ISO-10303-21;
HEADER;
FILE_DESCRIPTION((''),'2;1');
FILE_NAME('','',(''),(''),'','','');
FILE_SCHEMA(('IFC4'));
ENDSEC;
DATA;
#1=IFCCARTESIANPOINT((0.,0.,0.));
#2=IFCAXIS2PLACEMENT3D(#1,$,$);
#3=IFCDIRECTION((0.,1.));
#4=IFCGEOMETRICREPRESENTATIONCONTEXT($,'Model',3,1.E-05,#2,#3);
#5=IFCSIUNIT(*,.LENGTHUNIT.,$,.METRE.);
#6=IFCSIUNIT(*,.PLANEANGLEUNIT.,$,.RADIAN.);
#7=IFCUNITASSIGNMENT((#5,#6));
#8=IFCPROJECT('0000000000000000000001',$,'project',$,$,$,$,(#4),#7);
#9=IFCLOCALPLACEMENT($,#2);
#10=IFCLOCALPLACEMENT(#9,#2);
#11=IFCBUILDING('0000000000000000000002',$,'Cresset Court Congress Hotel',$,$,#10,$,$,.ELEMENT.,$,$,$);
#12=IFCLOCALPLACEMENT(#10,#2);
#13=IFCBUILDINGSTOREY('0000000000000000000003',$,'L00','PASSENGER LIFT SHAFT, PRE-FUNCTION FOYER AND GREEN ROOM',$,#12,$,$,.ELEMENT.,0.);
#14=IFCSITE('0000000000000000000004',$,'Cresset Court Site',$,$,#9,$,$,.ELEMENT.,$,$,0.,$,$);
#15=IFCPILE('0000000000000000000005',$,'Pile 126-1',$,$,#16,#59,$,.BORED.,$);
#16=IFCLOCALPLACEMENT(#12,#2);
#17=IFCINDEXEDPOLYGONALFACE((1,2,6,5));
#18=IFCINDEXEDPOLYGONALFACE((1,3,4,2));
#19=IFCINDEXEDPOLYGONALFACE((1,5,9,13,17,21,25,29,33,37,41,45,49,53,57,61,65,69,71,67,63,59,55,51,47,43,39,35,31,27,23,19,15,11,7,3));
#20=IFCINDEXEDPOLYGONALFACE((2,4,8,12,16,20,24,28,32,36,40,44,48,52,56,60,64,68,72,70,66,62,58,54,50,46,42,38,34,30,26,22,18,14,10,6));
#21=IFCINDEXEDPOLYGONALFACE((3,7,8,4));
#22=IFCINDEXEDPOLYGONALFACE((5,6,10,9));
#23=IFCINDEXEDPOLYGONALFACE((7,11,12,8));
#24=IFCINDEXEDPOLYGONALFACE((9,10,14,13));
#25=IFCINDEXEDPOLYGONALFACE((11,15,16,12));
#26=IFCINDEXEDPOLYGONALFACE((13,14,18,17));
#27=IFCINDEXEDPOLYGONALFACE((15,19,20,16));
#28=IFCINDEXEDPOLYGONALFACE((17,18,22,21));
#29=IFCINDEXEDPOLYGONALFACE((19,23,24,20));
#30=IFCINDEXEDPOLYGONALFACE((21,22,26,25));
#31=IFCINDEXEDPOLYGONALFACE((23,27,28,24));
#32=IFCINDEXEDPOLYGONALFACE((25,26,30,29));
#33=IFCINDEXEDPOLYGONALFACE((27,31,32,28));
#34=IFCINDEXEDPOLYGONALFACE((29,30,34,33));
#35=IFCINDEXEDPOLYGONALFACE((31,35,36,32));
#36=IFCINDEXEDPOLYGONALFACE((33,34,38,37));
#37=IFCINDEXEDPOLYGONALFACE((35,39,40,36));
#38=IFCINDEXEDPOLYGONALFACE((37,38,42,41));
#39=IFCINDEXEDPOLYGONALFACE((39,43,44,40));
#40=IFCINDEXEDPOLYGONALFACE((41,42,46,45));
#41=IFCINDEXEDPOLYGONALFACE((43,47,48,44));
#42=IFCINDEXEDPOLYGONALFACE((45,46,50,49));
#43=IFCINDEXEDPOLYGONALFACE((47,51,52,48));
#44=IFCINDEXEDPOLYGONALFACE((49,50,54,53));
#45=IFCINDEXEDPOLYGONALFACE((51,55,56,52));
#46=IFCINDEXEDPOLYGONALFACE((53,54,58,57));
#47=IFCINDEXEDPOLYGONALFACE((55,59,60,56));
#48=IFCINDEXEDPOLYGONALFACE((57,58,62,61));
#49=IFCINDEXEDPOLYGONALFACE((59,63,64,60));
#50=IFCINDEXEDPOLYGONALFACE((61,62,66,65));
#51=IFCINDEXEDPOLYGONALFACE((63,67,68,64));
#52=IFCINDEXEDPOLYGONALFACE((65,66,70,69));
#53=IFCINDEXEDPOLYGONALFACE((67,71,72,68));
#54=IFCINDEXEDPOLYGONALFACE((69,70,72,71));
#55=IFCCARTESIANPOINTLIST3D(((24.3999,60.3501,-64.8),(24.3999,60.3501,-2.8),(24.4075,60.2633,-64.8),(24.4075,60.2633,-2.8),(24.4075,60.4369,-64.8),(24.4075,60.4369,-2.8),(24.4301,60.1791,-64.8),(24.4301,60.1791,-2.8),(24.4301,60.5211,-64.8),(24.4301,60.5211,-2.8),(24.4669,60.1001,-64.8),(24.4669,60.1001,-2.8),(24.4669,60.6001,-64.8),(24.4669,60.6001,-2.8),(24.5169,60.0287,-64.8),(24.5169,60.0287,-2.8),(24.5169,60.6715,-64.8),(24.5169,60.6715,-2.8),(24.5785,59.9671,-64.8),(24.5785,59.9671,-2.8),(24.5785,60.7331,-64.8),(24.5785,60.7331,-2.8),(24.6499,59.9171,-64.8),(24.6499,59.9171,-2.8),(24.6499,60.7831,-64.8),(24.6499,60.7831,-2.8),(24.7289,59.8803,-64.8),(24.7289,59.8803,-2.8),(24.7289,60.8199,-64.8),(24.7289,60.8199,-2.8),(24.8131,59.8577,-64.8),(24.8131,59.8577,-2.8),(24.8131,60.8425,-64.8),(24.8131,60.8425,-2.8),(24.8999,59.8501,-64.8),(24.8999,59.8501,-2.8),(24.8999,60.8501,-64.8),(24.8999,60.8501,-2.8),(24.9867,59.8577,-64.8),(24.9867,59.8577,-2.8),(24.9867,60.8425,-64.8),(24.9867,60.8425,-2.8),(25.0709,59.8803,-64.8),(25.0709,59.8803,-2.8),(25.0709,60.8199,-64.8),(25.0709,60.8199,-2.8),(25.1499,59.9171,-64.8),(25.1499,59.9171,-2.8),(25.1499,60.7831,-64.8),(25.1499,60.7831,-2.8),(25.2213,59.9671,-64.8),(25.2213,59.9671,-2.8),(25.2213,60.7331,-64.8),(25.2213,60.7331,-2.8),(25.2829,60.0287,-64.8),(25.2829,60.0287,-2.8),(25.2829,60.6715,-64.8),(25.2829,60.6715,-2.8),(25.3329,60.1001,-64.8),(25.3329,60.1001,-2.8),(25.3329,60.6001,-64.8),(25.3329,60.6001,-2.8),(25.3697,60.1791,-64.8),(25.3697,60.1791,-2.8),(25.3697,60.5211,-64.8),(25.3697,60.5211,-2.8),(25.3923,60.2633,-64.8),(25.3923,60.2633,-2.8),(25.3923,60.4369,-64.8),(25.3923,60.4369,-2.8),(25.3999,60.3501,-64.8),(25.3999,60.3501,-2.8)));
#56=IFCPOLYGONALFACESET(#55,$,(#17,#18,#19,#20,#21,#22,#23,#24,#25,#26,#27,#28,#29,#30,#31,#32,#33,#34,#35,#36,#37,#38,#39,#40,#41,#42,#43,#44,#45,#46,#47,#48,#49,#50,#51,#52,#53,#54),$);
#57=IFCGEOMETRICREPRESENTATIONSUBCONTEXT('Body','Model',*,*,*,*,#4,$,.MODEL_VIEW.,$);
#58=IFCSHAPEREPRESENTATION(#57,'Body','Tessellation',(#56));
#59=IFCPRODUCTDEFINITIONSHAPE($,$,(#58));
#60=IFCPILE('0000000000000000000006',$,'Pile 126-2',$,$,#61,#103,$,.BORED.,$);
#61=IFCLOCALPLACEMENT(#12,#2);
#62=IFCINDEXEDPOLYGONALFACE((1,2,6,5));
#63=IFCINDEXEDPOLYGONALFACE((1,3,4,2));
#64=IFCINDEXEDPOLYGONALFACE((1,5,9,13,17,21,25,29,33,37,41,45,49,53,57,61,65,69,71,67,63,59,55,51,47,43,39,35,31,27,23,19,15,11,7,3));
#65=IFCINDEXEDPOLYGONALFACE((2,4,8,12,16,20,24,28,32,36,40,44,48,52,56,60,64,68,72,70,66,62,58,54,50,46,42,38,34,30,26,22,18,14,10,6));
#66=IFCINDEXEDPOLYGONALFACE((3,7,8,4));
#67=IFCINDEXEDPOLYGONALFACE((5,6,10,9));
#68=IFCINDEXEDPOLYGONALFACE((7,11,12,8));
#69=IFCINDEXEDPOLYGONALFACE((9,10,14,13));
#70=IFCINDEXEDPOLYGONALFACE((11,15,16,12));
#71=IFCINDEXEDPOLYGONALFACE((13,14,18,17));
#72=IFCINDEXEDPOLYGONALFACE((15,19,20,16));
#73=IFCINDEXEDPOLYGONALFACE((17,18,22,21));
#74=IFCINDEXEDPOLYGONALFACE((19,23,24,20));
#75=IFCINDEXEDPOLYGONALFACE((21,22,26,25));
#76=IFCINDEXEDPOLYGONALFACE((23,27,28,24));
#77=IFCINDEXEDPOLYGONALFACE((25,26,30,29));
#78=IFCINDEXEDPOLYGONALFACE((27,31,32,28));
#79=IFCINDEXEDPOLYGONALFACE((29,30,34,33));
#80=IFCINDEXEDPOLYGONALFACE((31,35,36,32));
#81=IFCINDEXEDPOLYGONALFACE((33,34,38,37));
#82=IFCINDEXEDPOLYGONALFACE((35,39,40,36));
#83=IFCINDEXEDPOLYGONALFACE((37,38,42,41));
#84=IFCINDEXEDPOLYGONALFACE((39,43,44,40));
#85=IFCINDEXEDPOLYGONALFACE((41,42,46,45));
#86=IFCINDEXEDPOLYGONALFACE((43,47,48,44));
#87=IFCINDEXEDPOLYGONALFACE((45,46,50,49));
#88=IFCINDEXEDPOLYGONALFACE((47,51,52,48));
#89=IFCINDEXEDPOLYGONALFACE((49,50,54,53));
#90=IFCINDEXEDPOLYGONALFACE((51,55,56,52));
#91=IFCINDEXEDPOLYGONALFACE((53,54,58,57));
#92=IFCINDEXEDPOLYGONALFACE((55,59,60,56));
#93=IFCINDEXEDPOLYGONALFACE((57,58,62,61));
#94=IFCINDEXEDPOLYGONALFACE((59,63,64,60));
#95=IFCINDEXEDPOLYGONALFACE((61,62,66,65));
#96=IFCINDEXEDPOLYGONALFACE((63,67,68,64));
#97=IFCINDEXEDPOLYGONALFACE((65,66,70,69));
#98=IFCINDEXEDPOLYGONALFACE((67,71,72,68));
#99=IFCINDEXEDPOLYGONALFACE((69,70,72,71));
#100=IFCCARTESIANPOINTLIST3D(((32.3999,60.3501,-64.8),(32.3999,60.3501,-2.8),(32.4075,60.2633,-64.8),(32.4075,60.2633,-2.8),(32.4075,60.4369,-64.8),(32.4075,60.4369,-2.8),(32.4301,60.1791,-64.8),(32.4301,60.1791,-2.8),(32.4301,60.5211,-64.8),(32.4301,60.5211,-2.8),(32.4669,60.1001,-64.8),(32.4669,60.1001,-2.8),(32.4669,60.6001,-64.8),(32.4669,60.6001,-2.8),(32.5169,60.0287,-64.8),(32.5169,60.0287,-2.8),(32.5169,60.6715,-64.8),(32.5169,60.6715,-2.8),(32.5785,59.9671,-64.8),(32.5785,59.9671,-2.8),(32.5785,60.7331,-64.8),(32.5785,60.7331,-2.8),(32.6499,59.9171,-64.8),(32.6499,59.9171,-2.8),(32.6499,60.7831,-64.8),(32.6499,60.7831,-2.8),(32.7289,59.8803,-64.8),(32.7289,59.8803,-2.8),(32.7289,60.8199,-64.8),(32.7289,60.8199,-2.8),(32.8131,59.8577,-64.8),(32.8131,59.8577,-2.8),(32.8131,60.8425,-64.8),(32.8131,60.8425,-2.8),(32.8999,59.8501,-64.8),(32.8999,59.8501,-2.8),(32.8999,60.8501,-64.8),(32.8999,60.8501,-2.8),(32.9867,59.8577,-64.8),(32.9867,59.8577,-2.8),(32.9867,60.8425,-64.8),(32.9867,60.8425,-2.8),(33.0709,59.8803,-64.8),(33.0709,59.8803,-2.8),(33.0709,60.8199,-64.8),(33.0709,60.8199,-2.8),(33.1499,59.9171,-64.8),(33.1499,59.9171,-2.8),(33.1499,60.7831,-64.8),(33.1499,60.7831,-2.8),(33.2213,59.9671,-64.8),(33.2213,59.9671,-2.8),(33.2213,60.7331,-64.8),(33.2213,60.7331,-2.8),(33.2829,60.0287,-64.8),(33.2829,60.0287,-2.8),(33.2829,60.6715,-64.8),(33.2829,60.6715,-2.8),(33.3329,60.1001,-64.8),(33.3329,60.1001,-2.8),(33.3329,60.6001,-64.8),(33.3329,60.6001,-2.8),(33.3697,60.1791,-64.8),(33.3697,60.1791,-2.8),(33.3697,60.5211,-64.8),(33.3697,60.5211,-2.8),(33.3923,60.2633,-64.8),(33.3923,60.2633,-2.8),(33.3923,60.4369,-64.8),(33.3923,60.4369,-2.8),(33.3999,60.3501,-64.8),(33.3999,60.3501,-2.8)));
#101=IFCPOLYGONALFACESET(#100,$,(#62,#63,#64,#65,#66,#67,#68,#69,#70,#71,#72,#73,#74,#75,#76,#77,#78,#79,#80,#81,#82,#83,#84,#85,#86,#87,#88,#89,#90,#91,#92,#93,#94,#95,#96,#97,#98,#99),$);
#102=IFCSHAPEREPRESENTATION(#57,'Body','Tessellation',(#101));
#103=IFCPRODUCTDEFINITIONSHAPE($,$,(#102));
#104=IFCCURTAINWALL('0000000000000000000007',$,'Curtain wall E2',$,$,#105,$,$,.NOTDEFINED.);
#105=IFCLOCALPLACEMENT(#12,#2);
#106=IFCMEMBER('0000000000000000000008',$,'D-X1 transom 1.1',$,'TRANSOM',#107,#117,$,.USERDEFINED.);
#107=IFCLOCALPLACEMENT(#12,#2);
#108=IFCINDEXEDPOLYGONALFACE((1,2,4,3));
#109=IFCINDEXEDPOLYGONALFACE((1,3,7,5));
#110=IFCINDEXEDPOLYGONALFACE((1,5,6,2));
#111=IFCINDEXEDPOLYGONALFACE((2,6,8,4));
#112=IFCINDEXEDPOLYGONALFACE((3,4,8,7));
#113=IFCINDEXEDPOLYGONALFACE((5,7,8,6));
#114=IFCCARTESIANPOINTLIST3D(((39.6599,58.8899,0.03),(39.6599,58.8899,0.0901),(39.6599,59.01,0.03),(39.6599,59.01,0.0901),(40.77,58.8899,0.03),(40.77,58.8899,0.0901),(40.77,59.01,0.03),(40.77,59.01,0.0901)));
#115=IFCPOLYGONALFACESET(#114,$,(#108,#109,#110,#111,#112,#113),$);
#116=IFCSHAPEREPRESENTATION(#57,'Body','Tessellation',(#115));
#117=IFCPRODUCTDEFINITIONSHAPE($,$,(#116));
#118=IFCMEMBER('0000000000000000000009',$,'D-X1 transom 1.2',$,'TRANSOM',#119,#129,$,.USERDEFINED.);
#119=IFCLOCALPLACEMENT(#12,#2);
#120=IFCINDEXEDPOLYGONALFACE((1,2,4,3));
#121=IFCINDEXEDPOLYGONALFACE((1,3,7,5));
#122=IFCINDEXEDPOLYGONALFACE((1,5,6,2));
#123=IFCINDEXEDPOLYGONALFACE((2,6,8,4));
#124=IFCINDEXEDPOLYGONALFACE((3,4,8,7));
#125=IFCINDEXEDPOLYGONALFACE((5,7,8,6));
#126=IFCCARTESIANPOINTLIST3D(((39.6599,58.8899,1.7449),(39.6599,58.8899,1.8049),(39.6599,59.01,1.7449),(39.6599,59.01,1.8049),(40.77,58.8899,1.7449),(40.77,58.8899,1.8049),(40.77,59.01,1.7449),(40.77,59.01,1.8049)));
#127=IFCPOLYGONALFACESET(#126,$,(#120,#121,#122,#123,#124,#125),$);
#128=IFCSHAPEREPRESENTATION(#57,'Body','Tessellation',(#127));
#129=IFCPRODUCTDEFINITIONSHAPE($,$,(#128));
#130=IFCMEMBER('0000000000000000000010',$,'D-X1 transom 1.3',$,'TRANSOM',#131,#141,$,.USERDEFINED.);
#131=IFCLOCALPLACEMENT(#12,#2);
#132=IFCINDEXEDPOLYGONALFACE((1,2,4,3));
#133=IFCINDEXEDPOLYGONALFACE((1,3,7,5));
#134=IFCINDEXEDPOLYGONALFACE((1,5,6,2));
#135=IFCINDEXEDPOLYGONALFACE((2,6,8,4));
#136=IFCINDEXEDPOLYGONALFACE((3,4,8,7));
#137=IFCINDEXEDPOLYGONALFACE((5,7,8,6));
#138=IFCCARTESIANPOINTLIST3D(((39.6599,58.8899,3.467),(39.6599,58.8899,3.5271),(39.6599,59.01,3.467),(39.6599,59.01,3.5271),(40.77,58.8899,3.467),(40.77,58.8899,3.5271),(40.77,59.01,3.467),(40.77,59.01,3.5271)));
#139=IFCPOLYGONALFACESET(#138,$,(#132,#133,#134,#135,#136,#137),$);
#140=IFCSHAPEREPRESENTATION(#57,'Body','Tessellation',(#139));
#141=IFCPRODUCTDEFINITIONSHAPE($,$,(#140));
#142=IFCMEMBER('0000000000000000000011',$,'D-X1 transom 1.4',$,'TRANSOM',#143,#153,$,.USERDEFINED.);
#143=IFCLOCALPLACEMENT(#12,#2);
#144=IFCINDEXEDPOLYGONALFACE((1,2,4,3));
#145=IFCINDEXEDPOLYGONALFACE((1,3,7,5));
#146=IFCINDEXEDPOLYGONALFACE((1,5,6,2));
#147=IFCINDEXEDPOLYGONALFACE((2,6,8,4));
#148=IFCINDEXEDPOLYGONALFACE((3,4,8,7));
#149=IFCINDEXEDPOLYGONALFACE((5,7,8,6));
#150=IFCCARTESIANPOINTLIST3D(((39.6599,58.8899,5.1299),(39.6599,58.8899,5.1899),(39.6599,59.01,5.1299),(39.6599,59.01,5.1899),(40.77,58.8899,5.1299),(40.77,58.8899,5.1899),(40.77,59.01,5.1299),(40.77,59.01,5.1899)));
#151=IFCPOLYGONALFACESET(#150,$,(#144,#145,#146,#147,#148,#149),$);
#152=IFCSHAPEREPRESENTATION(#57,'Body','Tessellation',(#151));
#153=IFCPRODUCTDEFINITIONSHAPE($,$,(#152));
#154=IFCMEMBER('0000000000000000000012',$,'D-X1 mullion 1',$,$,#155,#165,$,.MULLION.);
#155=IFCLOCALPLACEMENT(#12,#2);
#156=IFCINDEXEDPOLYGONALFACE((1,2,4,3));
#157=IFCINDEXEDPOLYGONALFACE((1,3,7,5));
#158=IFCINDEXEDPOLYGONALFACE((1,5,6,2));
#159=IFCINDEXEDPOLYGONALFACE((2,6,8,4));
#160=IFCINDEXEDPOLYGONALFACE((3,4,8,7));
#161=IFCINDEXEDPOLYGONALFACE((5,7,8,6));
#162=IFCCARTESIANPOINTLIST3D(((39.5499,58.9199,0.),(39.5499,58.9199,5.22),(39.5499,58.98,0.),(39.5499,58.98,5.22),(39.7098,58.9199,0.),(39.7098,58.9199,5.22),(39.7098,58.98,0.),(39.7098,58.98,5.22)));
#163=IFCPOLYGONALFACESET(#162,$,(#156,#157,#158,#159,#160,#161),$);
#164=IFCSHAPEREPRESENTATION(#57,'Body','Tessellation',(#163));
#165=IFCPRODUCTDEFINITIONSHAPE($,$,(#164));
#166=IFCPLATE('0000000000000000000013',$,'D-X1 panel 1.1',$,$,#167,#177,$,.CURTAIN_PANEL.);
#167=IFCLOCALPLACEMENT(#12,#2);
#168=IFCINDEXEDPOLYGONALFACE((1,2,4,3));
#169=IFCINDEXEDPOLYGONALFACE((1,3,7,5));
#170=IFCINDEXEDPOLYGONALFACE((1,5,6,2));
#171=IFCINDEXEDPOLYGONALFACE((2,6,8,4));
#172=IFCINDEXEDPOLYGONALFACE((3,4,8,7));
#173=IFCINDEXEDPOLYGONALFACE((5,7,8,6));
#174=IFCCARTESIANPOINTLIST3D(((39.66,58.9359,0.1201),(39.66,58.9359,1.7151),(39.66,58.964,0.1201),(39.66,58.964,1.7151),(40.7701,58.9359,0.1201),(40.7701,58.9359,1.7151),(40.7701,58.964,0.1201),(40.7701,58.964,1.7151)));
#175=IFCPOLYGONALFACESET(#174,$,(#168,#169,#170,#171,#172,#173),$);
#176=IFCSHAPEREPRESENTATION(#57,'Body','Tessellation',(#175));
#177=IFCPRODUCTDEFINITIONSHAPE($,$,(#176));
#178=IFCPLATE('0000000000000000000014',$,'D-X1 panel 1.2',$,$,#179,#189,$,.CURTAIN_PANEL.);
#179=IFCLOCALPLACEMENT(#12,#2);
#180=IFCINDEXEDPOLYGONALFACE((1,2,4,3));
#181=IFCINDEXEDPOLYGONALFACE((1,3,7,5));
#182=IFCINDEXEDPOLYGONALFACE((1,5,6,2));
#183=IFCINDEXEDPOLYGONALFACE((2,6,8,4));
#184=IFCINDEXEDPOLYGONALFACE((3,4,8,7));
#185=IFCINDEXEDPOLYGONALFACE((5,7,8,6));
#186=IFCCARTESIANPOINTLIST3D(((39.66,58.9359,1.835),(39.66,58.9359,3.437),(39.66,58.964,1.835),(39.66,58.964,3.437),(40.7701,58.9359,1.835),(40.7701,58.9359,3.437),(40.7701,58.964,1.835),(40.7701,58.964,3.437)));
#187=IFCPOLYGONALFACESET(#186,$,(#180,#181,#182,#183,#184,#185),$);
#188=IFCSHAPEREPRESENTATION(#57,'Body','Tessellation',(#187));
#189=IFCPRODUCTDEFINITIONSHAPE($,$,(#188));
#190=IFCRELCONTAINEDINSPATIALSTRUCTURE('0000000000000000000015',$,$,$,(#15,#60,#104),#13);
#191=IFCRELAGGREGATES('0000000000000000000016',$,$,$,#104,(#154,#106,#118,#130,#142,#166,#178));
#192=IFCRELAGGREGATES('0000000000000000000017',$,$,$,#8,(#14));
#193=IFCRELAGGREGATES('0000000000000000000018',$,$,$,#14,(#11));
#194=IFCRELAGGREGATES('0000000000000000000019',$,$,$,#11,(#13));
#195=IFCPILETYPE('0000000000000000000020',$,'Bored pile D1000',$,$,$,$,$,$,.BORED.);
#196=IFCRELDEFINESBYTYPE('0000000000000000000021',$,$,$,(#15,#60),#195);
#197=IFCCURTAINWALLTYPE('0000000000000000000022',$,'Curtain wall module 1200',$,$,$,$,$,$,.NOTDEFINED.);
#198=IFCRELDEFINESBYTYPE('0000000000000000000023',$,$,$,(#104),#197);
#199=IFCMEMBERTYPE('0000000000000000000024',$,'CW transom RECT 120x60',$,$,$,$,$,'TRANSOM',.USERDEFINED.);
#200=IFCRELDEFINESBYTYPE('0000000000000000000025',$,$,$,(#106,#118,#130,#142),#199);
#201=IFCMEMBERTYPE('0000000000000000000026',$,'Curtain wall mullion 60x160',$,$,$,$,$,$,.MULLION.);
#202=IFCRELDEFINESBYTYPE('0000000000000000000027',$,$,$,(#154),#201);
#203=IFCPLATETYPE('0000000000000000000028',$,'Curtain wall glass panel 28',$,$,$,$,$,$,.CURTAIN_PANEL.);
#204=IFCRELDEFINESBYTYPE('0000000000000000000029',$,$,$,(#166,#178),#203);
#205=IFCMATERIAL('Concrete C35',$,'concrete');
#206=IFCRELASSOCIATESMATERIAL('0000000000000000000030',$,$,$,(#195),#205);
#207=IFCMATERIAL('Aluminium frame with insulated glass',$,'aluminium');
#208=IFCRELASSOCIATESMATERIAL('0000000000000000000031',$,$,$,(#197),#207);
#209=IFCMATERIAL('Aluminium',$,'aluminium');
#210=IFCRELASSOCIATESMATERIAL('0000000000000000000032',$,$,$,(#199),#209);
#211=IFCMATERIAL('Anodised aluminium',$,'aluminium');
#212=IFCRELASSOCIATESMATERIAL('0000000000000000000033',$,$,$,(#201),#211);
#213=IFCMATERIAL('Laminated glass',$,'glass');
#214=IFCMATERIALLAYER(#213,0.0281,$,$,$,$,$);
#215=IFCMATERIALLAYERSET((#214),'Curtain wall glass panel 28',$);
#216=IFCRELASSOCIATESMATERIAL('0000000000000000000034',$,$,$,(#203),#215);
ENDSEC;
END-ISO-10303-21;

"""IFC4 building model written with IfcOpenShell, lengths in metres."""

from ifc_helpers import new_model, si_unit, direction, frame, origin, origin_2d, place, context, subcontext, project, spatial, rectangle, circle, extrude, material, layer, layer_set, material_profile, profile_set, type_object, element, aggregate, save


model = new_model("IFC4")

# Units and contexts
model_context = context("Model", 3, precision=1e-05, world=origin(), true_north=direction((0.0, 1.0)))
body_context = subcontext(model_context, "Body", "Model", "MODEL_VIEW")
ifc_project = project(units=[si_unit("LENGTHUNIT", "METRE"), si_unit("PLANEANGLEUNIT", "RADIAN")], contexts=[model_context])

# Site, building, storey
site_placement = place(None, origin())
site = spatial("IfcSite", under=ifc_project, at=site_placement, Name="Cresset Court Site", CompositionType="ELEMENT", RefElevation=0.0)
building_placement = place(site_placement, origin())
building = spatial("IfcBuilding", under=site, at=building_placement, Name="Cresset Court Congress Hotel", CompositionType="ELEMENT")
storey_placement = place(building_placement, origin())
storey = spatial("IfcBuildingStorey", under=building, at=storey_placement, Name="L00", Description="PASSENGER LIFT SHAFT, PRE-FUNCTION FOYER AND GREEN ROOM", CompositionType="ELEMENT", Elevation=0.0)

# Piles
ifc_material_1 = material(Name="Concrete C35", Category="concrete")
pile_type = type_object("IfcPileType", Name="Bored pile D1000", PredefinedType="BORED", material=ifc_material_1)
for number, where, z_axis, x_axis, name in (
    (1, (24.8999, 60.3501, -2.8), (0.0, 0.0, -1.0), (1.0, 0.0, 0.0), "Pile 126-1"),
    (2, (32.8999, 60.3501, -2.8), (0.0, 0.0, -1.0), (1.0, 0.0, 0.0), "Pile 126-2"),
):
    element("IfcPile", number, at=place(storey_placement, frame(where, z_axis=z_axis, x_axis=x_axis)), inside=storey, type_object=pile_type, Name=name, PredefinedType="BORED", context=body_context, shape_type="SweptSolid", body=[
        extrude(circle(Radius=0.5, at=origin_2d()), origin(), (0.0, 0.0, 1.0), 62.0),
    ])

# Curtain wall, members, plates
ifc_material_2 = material(Name="Aluminium frame with insulated glass", Category="aluminium")
curtain_wall_type = type_object("IfcCurtainWallType", Name="Curtain wall module 1200", PredefinedType="NOTDEFINED", material=ifc_material_2)
curtain_wall_placement = place(storey_placement, origin())
curtain_wall = element("IfcCurtainWall", 3, at=curtain_wall_placement, inside=storey, type_object=curtain_wall_type, Name="Curtain wall E2", PredefinedType="NOTDEFINED")
ifc_material_3 = material(Name="Aluminium", Category="aluminium")
ifc_material_profile_1 = material_profile(ifc_material_3, rectangle(XDim=0.1201, YDim=0.0601, at=origin_2d()), Name="AL 120x60")
ifc_profile_set_1 = profile_set([ifc_material_profile_1], Name="Aluminium")
member_type_1 = type_object("IfcMemberType", Name="CW transom RECT 120x60", ElementType="TRANSOM", PredefinedType="USERDEFINED", material=ifc_profile_set_1)
member_1_placement = place(storey_placement, frame((39.6599, 58.95, 0.0601), z_axis=(1.0, 0.0, 0.0), x_axis=(0.0, 1.0, 0.0)))
member_1 = element("IfcMember", 4, at=member_1_placement, type_object=member_type_1, Name="D-X1 transom 1.1", ObjectType="TRANSOM", PredefinedType="USERDEFINED", context=body_context, shape_type="SweptSolid", body=[
    extrude(rectangle(XDim=0.1201, YDim=0.0601, at=origin_2d()), origin(), (0.0, 0.0, 1.0), 1.1101),
])
member_2_placement = place(storey_placement, frame((39.6599, 58.95, 1.7749), z_axis=(1.0, 0.0, 0.0), x_axis=(0.0, 1.0, 0.0)))
member_2 = element("IfcMember", 5, at=member_2_placement, type_object=member_type_1, Name="D-X1 transom 1.2", ObjectType="TRANSOM", PredefinedType="USERDEFINED", context=body_context, shape_type="SweptSolid", body=[
    extrude(rectangle(XDim=0.1201, YDim=0.0601, at=origin_2d()), origin(), (0.0, 0.0, 1.0), 1.1101),
])
member_3_placement = place(storey_placement, frame((39.6599, 58.95, 3.4971), z_axis=(1.0, 0.0, 0.0), x_axis=(0.0, 1.0, 0.0)))
member_3 = element("IfcMember", 6, at=member_3_placement, type_object=member_type_1, Name="D-X1 transom 1.3", ObjectType="TRANSOM", PredefinedType="USERDEFINED", context=body_context, shape_type="SweptSolid", body=[
    extrude(rectangle(XDim=0.1201, YDim=0.0601, at=origin_2d()), origin(), (0.0, 0.0, 1.0), 1.1101),
])
member_4_placement = place(storey_placement, frame((39.6599, 58.95, 5.1599), z_axis=(1.0, 0.0, 0.0), x_axis=(0.0, 1.0, 0.0)))
member_4 = element("IfcMember", 7, at=member_4_placement, type_object=member_type_1, Name="D-X1 transom 1.4", ObjectType="TRANSOM", PredefinedType="USERDEFINED", context=body_context, shape_type="SweptSolid", body=[
    extrude(rectangle(XDim=0.1201, YDim=0.0601, at=origin_2d()), origin(), (0.0, 0.0, 1.0), 1.1101),
])
ifc_material_4 = material(Name="Anodised aluminium", Category="aluminium")
ifc_material_profile_2 = material_profile(ifc_material_4, rectangle(XDim=0.0601, YDim=0.1599, at=origin_2d()), Name="AL60x160")
ifc_profile_set_2 = profile_set([ifc_material_profile_2], Name="Anodised aluminium")
member_type_2 = type_object("IfcMemberType", Name="Curtain wall mullion 60x160", PredefinedType="MULLION", material=ifc_profile_set_2)
member_5_placement = place(storey_placement, frame((39.6299, 58.95, 0.0), z_axis=(0.0, 0.0, 1.0), x_axis=(0.0, 1.0, 0.0)))
member_5 = element("IfcMember", 8, at=member_5_placement, type_object=member_type_2, Name="D-X1 mullion 1", PredefinedType="MULLION", context=body_context, shape_type="SweptSolid", body=[
    extrude(rectangle(XDim=0.0601, YDim=0.1599, at=origin_2d()), origin(), (0.0, 0.0, 1.0), 5.22),
])
ifc_material_5 = material(Name="Laminated glass", Category="glass")
ifc_layer_1 = layer(ifc_material_5, 0.0281)
ifc_layer_set_1 = layer_set([ifc_layer_1], Name="Curtain wall glass panel 28")
plate_type = type_object("IfcPlateType", Name="Curtain wall glass panel 28", PredefinedType="CURTAIN_PANEL", material=ifc_layer_set_1)
plate_1_placement = place(storey_placement, frame((40.2151, 58.95, 0.1201), z_axis=(0.0, 0.0, 1.0), x_axis=(1.0, 0.0, 0.0)))
plate_1 = element("IfcPlate", 9, at=plate_1_placement, type_object=plate_type, Name="D-X1 panel 1.1", PredefinedType="CURTAIN_PANEL", context=body_context, shape_type="SweptSolid", body=[
    extrude(rectangle(XDim=1.1101, YDim=0.0281, at=origin_2d()), origin(), (0.0, 0.0, 1.0), 1.595),
])
plate_2_placement = place(storey_placement, frame((40.2151, 58.95, 1.835), z_axis=(0.0, 0.0, 1.0), x_axis=(1.0, 0.0, 0.0)))
plate_2 = element("IfcPlate", 10, at=plate_2_placement, type_object=plate_type, Name="D-X1 panel 1.2", PredefinedType="CURTAIN_PANEL", context=body_context, shape_type="SweptSolid", body=[
    extrude(rectangle(XDim=1.1101, YDim=0.0281, at=origin_2d()), origin(), (0.0, 0.0, 1.0), 1.6021),
])
aggregate(curtain_wall, [member_5, member_1, member_2, member_3, member_4, plate_1, plate_2])

save(model, "model.ifc")
